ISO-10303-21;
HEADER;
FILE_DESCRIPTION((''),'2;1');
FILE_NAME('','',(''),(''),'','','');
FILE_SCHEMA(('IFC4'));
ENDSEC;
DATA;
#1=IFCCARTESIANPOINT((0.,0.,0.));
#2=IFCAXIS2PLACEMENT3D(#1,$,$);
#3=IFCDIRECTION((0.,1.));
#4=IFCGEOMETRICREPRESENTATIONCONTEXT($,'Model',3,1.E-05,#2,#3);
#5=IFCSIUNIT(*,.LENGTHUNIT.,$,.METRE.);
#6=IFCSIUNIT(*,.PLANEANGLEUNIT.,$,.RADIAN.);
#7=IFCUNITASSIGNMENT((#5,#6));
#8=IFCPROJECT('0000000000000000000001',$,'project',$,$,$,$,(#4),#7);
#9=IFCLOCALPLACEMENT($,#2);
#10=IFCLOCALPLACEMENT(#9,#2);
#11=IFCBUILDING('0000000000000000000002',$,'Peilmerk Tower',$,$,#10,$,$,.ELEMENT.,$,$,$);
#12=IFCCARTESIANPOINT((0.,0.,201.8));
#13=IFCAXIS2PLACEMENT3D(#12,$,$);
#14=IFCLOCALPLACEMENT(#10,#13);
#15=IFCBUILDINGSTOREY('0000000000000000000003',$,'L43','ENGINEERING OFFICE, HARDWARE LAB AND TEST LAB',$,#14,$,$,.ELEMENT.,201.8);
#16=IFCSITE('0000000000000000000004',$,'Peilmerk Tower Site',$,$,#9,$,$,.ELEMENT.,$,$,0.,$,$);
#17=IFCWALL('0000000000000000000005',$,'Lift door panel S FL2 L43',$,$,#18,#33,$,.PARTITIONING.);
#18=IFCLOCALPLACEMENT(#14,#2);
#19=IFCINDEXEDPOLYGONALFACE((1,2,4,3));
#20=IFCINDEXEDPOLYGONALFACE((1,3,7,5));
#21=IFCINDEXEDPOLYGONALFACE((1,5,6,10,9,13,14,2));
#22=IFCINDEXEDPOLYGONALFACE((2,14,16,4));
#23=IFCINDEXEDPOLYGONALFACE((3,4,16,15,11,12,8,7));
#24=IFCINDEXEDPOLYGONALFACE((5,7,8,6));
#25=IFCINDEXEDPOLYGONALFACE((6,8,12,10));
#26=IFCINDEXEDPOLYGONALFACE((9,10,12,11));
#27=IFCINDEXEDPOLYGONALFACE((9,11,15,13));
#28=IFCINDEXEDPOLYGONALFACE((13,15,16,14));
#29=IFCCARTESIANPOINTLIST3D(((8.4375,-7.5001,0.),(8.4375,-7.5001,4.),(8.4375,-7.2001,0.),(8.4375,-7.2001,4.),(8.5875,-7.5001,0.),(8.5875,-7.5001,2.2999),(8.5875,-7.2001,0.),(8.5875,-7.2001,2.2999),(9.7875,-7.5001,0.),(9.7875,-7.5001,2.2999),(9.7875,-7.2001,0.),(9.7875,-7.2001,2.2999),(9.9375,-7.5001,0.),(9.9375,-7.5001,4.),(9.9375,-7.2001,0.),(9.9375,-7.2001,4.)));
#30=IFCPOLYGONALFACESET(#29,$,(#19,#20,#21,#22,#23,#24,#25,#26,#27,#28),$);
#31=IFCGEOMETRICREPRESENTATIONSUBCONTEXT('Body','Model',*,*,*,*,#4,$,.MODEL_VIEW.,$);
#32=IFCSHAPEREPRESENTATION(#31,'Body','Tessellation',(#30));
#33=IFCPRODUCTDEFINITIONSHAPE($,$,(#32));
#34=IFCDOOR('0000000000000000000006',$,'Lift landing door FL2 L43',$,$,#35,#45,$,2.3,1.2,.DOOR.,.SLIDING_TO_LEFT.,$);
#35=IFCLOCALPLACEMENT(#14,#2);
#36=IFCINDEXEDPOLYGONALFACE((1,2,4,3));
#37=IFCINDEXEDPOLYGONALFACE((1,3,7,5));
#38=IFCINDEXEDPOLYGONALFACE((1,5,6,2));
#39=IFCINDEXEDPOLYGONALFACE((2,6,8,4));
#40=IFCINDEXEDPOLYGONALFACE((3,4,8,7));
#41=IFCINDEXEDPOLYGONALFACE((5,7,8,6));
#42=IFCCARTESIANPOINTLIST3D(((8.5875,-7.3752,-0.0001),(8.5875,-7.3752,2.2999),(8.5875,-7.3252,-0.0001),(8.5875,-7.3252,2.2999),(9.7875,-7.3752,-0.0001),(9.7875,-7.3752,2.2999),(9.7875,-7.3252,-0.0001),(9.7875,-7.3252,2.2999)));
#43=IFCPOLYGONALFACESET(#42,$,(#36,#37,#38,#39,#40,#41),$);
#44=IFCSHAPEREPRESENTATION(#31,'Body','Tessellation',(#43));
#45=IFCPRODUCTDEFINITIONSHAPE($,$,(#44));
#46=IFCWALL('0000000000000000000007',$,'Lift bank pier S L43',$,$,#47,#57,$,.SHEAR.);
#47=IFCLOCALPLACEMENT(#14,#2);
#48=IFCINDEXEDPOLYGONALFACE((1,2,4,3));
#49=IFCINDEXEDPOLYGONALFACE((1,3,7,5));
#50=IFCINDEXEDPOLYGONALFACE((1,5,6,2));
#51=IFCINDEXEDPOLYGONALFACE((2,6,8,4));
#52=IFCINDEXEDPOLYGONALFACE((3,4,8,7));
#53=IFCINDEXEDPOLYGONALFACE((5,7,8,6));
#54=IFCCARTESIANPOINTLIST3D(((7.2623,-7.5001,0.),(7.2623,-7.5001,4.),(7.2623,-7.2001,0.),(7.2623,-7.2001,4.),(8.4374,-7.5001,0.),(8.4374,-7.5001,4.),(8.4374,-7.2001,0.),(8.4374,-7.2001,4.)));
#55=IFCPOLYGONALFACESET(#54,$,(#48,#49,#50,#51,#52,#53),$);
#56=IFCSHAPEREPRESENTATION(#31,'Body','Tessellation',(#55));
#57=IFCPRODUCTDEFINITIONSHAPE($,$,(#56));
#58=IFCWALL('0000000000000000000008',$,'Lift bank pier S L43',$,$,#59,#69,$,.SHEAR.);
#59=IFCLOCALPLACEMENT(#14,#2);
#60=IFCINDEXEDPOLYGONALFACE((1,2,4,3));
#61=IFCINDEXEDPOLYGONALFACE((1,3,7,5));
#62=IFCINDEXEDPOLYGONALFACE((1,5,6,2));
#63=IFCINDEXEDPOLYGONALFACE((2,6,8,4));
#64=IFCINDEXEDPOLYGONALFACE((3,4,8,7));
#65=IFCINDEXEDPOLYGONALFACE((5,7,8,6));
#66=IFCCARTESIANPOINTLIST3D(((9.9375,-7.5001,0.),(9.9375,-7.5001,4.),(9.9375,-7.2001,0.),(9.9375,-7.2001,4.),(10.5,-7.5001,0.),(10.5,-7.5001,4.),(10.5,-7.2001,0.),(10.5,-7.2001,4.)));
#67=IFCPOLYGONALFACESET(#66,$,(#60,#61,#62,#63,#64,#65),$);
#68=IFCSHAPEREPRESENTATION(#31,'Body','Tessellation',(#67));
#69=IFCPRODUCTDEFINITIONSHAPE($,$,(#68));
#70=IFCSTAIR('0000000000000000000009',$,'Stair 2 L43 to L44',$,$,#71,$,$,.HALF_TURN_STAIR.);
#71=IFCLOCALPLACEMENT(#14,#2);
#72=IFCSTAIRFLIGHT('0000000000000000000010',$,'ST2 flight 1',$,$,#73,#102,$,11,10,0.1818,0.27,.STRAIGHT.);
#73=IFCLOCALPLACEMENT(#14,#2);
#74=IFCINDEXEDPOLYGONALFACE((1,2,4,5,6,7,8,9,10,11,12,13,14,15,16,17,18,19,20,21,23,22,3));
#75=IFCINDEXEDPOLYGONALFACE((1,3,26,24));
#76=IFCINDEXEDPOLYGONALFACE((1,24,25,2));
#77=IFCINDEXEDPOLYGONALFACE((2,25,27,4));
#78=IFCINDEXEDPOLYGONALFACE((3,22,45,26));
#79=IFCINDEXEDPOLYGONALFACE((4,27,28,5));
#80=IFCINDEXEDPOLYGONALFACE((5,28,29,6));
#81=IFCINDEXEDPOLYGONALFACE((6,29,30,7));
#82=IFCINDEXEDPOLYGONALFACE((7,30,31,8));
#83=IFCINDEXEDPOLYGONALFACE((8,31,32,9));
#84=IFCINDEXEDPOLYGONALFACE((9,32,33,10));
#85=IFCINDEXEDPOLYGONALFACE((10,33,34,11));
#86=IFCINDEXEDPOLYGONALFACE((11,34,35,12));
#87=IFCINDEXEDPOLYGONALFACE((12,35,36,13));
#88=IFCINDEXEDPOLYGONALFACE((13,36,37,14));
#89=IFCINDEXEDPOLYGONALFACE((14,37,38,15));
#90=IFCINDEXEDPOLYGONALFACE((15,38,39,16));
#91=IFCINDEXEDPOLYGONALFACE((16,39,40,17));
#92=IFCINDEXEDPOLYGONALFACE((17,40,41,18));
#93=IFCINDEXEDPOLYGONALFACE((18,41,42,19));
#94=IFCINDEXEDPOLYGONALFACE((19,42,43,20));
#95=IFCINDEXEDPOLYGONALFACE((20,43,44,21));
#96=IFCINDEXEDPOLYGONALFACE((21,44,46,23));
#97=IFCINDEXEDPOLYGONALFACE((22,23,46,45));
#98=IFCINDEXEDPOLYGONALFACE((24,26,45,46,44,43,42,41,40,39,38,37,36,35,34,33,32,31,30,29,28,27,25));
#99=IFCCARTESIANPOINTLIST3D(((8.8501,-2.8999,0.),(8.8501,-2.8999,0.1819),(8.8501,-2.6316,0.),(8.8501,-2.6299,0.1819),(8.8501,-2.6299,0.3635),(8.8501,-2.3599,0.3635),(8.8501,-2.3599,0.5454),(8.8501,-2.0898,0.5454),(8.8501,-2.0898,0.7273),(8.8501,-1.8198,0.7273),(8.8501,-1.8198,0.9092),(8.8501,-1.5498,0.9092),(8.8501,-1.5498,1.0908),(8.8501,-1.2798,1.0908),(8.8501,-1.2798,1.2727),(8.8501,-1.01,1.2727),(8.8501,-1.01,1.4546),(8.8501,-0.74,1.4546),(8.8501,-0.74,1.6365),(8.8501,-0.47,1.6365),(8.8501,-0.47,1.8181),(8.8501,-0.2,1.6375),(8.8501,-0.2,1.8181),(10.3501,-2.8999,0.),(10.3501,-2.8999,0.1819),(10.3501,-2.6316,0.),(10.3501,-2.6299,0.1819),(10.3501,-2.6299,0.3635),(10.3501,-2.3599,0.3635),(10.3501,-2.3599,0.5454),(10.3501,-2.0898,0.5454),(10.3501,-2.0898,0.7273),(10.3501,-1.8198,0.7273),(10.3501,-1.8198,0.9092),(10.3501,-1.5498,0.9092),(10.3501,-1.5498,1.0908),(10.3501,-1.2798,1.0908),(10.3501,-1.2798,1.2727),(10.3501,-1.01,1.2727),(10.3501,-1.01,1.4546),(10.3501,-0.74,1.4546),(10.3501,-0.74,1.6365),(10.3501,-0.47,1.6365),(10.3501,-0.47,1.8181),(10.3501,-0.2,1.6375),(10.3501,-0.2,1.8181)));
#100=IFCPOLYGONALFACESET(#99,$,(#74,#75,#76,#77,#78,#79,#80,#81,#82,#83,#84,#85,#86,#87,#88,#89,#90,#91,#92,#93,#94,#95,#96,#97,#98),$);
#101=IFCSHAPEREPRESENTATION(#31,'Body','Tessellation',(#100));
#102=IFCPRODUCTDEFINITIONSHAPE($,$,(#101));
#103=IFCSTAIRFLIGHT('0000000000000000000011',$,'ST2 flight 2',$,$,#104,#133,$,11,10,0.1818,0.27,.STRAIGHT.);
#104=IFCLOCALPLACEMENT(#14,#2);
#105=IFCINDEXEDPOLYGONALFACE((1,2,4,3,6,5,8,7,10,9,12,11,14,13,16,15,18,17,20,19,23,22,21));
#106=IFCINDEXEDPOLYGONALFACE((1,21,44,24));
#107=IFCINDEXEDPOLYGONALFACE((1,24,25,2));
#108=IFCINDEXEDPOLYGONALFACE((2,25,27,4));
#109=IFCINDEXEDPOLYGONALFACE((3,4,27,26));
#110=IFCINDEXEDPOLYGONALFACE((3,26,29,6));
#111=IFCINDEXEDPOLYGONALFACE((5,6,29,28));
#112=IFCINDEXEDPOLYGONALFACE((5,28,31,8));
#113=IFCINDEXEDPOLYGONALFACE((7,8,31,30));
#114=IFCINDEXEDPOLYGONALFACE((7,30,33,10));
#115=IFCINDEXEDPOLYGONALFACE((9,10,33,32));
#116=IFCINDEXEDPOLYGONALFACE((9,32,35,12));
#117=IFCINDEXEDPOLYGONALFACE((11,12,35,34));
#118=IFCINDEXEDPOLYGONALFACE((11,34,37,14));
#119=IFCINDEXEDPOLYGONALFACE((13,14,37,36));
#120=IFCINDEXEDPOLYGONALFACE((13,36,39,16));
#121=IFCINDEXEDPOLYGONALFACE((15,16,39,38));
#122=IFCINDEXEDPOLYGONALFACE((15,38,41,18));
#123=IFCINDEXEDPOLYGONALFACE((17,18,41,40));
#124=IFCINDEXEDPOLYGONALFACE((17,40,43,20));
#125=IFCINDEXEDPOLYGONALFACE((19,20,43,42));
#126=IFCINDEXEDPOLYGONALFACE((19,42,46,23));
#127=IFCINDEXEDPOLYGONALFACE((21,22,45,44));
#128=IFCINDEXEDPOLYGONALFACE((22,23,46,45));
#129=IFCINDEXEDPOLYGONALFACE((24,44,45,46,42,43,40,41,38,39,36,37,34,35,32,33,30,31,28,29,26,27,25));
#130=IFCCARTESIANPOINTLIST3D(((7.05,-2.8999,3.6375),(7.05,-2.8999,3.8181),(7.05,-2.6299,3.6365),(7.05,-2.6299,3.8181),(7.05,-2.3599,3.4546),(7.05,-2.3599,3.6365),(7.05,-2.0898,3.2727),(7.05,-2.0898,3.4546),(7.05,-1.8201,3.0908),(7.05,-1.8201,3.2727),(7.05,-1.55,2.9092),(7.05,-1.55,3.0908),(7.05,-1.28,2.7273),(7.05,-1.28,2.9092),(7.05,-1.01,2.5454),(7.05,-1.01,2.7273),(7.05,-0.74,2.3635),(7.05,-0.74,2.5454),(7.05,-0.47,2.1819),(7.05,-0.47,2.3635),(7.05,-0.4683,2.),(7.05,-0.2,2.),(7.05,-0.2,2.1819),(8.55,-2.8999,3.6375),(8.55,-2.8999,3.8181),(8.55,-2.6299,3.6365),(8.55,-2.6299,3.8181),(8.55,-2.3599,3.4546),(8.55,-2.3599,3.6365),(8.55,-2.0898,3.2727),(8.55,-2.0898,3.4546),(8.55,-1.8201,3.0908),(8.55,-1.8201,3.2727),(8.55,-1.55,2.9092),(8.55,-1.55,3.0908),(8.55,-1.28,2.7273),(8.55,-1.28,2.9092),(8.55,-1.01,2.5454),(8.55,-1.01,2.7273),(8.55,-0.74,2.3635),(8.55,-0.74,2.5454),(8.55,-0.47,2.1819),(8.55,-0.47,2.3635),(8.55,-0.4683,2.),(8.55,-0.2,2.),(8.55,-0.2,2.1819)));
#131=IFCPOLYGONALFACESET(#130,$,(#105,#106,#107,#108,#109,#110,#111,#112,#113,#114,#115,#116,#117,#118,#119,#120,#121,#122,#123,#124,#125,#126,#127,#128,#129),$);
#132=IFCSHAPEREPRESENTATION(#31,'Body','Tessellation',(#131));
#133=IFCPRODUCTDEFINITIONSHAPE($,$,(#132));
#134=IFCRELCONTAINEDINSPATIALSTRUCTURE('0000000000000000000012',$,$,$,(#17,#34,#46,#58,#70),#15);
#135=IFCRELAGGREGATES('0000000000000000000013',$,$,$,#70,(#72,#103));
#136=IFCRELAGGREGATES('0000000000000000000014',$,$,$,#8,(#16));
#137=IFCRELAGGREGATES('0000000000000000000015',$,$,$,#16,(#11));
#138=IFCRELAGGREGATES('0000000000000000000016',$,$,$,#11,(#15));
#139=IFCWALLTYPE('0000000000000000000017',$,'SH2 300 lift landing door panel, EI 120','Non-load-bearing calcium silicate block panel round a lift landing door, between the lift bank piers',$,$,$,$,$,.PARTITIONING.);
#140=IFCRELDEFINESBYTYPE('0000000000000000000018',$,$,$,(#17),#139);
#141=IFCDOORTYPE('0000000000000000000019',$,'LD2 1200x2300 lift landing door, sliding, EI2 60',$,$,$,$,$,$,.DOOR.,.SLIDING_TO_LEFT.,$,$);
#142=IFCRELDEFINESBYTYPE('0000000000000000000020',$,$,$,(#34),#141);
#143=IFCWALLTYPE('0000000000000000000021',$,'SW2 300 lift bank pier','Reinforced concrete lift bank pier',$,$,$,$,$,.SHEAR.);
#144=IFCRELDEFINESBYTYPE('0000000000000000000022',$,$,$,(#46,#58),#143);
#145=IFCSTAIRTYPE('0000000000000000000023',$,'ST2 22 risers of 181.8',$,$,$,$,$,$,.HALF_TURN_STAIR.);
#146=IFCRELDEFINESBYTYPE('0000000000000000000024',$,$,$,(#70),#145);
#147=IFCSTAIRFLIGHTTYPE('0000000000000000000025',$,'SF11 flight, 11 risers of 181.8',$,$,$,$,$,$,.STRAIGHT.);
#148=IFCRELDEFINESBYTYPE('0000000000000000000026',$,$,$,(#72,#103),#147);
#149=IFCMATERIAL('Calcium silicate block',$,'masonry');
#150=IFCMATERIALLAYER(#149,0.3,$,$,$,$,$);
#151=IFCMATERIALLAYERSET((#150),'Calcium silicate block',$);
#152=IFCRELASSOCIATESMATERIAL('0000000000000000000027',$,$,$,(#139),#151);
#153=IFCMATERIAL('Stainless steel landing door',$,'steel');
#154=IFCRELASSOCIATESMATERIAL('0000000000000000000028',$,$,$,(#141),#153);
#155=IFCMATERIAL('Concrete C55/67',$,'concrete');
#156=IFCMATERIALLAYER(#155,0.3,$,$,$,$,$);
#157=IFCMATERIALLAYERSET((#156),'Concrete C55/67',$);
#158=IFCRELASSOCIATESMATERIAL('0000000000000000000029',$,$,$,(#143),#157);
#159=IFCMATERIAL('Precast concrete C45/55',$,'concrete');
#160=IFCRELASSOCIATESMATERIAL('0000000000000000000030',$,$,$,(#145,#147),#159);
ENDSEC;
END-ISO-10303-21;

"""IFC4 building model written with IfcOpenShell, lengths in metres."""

from ifc_helpers import new_model, si_unit, direction, frame, frame_2d, origin, place, context, subcontext, project, spatial, polyline, rectangle, outline, extrude, material, layer, layer_set, type_object, element, fill, aggregate, save


model = new_model("IFC4")

# Units and contexts
model_context = context("Model", 3, precision=1e-05, world=origin(), true_north=direction((0.0, 1.0)))
body_context = subcontext(model_context, "Body", "Model", "MODEL_VIEW")
ifc_project = project(units=[si_unit("LENGTHUNIT", "METRE"), si_unit("PLANEANGLEUNIT", "RADIAN")], contexts=[model_context])

# Site, building, storey
site_placement = place(None, origin())
site = spatial("IfcSite", under=ifc_project, at=site_placement, Name="Peilmerk Tower Site", CompositionType="ELEMENT", RefElevation=0.0)
building_placement = place(site_placement, origin())
building = spatial("IfcBuilding", under=site, at=building_placement, Name="Peilmerk Tower", CompositionType="ELEMENT")
storey_placement = place(building_placement, frame((0.0, 0.0, 201.8)))
storey = spatial("IfcBuildingStorey", under=building, at=storey_placement, Name="L43", Description="ENGINEERING OFFICE, HARDWARE LAB AND TEST LAB", CompositionType="ELEMENT", Elevation=201.8)

# Shared definitions
ifc_material_1 = material(Name="Precast concrete C45/55", Category="concrete")

# Wall, opening, door
ifc_material_2 = material(Name="Calcium silicate block", Category="masonry")
ifc_layer_1 = layer(ifc_material_2, 0.3)
ifc_layer_set_1 = layer_set([ifc_layer_1], Name="Calcium silicate block")
wall_type_1 = type_object("IfcWallType", Name="SH2 300 lift landing door panel, EI 120", Description="Non-load-bearing calcium silicate block panel round a lift landing door, between the lift bank piers", PredefinedType="PARTITIONING", material=ifc_layer_set_1)
wall_1_placement = place(storey_placement, frame((8.4375, -7.3501, 0.0), z_axis=(0.0, 0.0, 1.0), x_axis=(1.0, 0.0, 0.0)))
wall_1 = element("IfcWall", 1, at=wall_1_placement, inside=storey, type_object=wall_type_1, Name="Lift door panel S FL2 L43", PredefinedType="PARTITIONING", context=body_context, shape_type="SweptSolid", body=[
    extrude(rectangle(XDim=1.5, YDim=0.3, at=frame_2d((0.75, 0.0))), origin(), (0.0, 0.0, 1.0), 4.0),
])
opening_1_placement = place(wall_1_placement, frame((0.1499, 0.0, 0.0)))
opening_1 = element("IfcOpeningElement", 2, at=opening_1_placement, cuts=wall_1, PredefinedType="OPENING", context=body_context, shape_type="SweptSolid", body=[
    extrude(rectangle(XDim=1.2, YDim=2.3, at=frame_2d((0.6001, 1.1499))), frame((0.0, 0.1599, 0.0), z_axis=(0.0, -1.0, 0.0), x_axis=(1.0, 0.0, 0.0)), (0.0, 0.0, 1.0), 0.3201),
])
ifc_material_3 = material(Name="Stainless steel landing door", Category="steel")
door_type_1 = type_object("IfcDoorType", Name="LD2 1200x2300 lift landing door, sliding, EI2 60", OperationType="SLIDING_TO_LEFT", PredefinedType="DOOR", material=ifc_material_3)
door_1_placement = place(opening_1_placement, origin())
door_1 = element("IfcDoor", 3, at=door_1_placement, inside=storey, type_object=door_type_1, Name="Lift landing door FL2 L43", OperationType="SLIDING_TO_LEFT", OverallHeight=2.3, OverallWidth=1.2, PredefinedType="DOOR", context=body_context, shape_type="SweptSolid", body=[
    extrude(rectangle(XDim=1.2, YDim=2.3, at=frame_2d((0.6001, 1.1499))), frame((0.0, 0.0249, 0.0), z_axis=(0.0, -1.0, 0.0), x_axis=(1.0, 0.0, 0.0)), (0.0, 0.0, 1.0), 0.05),
])
fill(opening_1, door_1)

# Walls
ifc_material_4 = material(Name="Concrete C55/67", Category="concrete")
ifc_layer_2 = layer(ifc_material_4, 0.3)
ifc_layer_set_2 = layer_set([ifc_layer_2], Name="Concrete C55/67")
wall_type_2 = type_object("IfcWallType", Name="SW2 300 lift bank pier", Description="Reinforced concrete lift bank pier", PredefinedType="SHEAR", material=ifc_layer_set_2)
wall_2_placement = place(storey_placement, frame((7.2625, -7.3501, 0.0), z_axis=(0.0, 0.0, 1.0), x_axis=(1.0, 0.0, 0.0)))
element("IfcWall", 4, at=wall_2_placement, inside=storey, type_object=wall_type_2, Name="Lift bank pier S L43", PredefinedType="SHEAR", context=body_context, shape_type="SweptSolid", body=[
    extrude(rectangle(XDim=1.175, YDim=0.3, at=frame_2d((0.5874, 0.0))), origin(), (0.0, 0.0, 1.0), 4.0),
])
wall_3_placement = place(storey_placement, frame((9.9375, -7.3501, 0.0), z_axis=(0.0, 0.0, 1.0), x_axis=(1.0, 0.0, 0.0)))
element("IfcWall", 5, at=wall_3_placement, inside=storey, type_object=wall_type_2, Name="Lift bank pier S L43", PredefinedType="SHEAR", context=body_context, shape_type="SweptSolid", body=[
    extrude(rectangle(XDim=0.5625, YDim=0.3, at=frame_2d((0.2812, 0.0))), origin(), (0.0, 0.0, 1.0), 4.0),
])

# Stair, stair flights
stair_type_1 = type_object("IfcStairType", Name="ST2 22 risers of 181.8", PredefinedType="HALF_TURN_STAIR", material=ifc_material_1)
stair_1_placement = place(storey_placement, origin())
stair_1 = element("IfcStair", 6, at=stair_1_placement, inside=storey, type_object=stair_type_1, Name="Stair 2 L43 to L44", PredefinedType="HALF_TURN_STAIR")
stair_flight_type = type_object("IfcStairFlightType", Name="SF11 flight, 11 risers of 181.8", PredefinedType="STRAIGHT", material=ifc_material_1)
stair_flight_1_placement = place(storey_placement, frame((9.6001, -2.8999, 0.0), z_axis=(0.0, 0.0, 1.0), x_axis=(0.0, 1.0, 0.0)))
stair_flight_1 = element("IfcStairFlight", 7, at=stair_flight_1_placement, type_object=stair_flight_type, Name="ST2 flight 1", NumberOfRisers=11, NumberOfTreads=10, PredefinedType="STRAIGHT", RiserHeight=0.1818, TreadLength=0.27, context=body_context, shape_type="SweptSolid", body=[
    extrude(outline(polyline([(0.0, 0.0), (0.0, 0.1819), (0.27, 0.1819), (0.27, 0.3635), (0.54, 0.3635), (0.54, 0.5454), (0.8101, 0.5454), (0.8101, 0.7273), (1.0801, 0.7273), (1.0801, 0.9092), (1.3501, 0.9092), (1.3501, 1.0908), (1.6201, 1.0908), (1.6201, 1.2727), (1.8899, 1.2727), (1.8899, 1.4546), (2.1599, 1.4546), (2.1599, 1.6365), (2.4299, 1.6365), (2.4299, 1.8181), (2.7, 1.8181), (2.7, 2.0), (2.7, 1.6375), (0.2683, 0.0), (0.0, 0.0)])), frame((0.0, 0.75, 0.0), z_axis=(0.0, -1.0, 0.0), x_axis=(1.0, 0.0, 0.0)), (0.0, 0.0, 1.0), 1.5),
])
stair_flight_2_placement = place(storey_placement, frame((7.8, -0.2, 2.0), z_axis=(0.0, 0.0, 1.0), x_axis=(0.0, -1.0, 0.0)))
stair_flight_2 = element("IfcStairFlight", 8, at=stair_flight_2_placement, type_object=stair_flight_type, Name="ST2 flight 2", NumberOfRisers=11, NumberOfTreads=10, PredefinedType="STRAIGHT", RiserHeight=0.1818, TreadLength=0.27, context=body_context, shape_type="SweptSolid", body=[
    extrude(outline(polyline([(0.0, 0.0), (0.0, 0.1819), (0.27, 0.1819), (0.27, 0.3635), (0.54, 0.3635), (0.54, 0.5454), (0.8101, 0.5454), (0.8101, 0.7273), (1.0801, 0.7273), (1.0801, 0.9092), (1.3501, 0.9092), (1.3501, 1.0908), (1.6201, 1.0908), (1.6201, 1.2727), (1.8899, 1.2727), (1.8899, 1.4546), (2.1599, 1.4546), (2.1599, 1.6365), (2.4299, 1.6365), (2.4299, 1.8181), (2.7, 1.8181), (2.7, 2.0), (2.7, 1.6375), (0.2683, 0.0), (0.0, 0.0)])), frame((0.0, 0.75, 0.0), z_axis=(0.0, -1.0, 0.0), x_axis=(1.0, 0.0, 0.0)), (0.0, 0.0, 1.0), 1.5),
])
aggregate(stair_1, [stair_flight_1, stair_flight_2])

save(model, "model.ifc")
